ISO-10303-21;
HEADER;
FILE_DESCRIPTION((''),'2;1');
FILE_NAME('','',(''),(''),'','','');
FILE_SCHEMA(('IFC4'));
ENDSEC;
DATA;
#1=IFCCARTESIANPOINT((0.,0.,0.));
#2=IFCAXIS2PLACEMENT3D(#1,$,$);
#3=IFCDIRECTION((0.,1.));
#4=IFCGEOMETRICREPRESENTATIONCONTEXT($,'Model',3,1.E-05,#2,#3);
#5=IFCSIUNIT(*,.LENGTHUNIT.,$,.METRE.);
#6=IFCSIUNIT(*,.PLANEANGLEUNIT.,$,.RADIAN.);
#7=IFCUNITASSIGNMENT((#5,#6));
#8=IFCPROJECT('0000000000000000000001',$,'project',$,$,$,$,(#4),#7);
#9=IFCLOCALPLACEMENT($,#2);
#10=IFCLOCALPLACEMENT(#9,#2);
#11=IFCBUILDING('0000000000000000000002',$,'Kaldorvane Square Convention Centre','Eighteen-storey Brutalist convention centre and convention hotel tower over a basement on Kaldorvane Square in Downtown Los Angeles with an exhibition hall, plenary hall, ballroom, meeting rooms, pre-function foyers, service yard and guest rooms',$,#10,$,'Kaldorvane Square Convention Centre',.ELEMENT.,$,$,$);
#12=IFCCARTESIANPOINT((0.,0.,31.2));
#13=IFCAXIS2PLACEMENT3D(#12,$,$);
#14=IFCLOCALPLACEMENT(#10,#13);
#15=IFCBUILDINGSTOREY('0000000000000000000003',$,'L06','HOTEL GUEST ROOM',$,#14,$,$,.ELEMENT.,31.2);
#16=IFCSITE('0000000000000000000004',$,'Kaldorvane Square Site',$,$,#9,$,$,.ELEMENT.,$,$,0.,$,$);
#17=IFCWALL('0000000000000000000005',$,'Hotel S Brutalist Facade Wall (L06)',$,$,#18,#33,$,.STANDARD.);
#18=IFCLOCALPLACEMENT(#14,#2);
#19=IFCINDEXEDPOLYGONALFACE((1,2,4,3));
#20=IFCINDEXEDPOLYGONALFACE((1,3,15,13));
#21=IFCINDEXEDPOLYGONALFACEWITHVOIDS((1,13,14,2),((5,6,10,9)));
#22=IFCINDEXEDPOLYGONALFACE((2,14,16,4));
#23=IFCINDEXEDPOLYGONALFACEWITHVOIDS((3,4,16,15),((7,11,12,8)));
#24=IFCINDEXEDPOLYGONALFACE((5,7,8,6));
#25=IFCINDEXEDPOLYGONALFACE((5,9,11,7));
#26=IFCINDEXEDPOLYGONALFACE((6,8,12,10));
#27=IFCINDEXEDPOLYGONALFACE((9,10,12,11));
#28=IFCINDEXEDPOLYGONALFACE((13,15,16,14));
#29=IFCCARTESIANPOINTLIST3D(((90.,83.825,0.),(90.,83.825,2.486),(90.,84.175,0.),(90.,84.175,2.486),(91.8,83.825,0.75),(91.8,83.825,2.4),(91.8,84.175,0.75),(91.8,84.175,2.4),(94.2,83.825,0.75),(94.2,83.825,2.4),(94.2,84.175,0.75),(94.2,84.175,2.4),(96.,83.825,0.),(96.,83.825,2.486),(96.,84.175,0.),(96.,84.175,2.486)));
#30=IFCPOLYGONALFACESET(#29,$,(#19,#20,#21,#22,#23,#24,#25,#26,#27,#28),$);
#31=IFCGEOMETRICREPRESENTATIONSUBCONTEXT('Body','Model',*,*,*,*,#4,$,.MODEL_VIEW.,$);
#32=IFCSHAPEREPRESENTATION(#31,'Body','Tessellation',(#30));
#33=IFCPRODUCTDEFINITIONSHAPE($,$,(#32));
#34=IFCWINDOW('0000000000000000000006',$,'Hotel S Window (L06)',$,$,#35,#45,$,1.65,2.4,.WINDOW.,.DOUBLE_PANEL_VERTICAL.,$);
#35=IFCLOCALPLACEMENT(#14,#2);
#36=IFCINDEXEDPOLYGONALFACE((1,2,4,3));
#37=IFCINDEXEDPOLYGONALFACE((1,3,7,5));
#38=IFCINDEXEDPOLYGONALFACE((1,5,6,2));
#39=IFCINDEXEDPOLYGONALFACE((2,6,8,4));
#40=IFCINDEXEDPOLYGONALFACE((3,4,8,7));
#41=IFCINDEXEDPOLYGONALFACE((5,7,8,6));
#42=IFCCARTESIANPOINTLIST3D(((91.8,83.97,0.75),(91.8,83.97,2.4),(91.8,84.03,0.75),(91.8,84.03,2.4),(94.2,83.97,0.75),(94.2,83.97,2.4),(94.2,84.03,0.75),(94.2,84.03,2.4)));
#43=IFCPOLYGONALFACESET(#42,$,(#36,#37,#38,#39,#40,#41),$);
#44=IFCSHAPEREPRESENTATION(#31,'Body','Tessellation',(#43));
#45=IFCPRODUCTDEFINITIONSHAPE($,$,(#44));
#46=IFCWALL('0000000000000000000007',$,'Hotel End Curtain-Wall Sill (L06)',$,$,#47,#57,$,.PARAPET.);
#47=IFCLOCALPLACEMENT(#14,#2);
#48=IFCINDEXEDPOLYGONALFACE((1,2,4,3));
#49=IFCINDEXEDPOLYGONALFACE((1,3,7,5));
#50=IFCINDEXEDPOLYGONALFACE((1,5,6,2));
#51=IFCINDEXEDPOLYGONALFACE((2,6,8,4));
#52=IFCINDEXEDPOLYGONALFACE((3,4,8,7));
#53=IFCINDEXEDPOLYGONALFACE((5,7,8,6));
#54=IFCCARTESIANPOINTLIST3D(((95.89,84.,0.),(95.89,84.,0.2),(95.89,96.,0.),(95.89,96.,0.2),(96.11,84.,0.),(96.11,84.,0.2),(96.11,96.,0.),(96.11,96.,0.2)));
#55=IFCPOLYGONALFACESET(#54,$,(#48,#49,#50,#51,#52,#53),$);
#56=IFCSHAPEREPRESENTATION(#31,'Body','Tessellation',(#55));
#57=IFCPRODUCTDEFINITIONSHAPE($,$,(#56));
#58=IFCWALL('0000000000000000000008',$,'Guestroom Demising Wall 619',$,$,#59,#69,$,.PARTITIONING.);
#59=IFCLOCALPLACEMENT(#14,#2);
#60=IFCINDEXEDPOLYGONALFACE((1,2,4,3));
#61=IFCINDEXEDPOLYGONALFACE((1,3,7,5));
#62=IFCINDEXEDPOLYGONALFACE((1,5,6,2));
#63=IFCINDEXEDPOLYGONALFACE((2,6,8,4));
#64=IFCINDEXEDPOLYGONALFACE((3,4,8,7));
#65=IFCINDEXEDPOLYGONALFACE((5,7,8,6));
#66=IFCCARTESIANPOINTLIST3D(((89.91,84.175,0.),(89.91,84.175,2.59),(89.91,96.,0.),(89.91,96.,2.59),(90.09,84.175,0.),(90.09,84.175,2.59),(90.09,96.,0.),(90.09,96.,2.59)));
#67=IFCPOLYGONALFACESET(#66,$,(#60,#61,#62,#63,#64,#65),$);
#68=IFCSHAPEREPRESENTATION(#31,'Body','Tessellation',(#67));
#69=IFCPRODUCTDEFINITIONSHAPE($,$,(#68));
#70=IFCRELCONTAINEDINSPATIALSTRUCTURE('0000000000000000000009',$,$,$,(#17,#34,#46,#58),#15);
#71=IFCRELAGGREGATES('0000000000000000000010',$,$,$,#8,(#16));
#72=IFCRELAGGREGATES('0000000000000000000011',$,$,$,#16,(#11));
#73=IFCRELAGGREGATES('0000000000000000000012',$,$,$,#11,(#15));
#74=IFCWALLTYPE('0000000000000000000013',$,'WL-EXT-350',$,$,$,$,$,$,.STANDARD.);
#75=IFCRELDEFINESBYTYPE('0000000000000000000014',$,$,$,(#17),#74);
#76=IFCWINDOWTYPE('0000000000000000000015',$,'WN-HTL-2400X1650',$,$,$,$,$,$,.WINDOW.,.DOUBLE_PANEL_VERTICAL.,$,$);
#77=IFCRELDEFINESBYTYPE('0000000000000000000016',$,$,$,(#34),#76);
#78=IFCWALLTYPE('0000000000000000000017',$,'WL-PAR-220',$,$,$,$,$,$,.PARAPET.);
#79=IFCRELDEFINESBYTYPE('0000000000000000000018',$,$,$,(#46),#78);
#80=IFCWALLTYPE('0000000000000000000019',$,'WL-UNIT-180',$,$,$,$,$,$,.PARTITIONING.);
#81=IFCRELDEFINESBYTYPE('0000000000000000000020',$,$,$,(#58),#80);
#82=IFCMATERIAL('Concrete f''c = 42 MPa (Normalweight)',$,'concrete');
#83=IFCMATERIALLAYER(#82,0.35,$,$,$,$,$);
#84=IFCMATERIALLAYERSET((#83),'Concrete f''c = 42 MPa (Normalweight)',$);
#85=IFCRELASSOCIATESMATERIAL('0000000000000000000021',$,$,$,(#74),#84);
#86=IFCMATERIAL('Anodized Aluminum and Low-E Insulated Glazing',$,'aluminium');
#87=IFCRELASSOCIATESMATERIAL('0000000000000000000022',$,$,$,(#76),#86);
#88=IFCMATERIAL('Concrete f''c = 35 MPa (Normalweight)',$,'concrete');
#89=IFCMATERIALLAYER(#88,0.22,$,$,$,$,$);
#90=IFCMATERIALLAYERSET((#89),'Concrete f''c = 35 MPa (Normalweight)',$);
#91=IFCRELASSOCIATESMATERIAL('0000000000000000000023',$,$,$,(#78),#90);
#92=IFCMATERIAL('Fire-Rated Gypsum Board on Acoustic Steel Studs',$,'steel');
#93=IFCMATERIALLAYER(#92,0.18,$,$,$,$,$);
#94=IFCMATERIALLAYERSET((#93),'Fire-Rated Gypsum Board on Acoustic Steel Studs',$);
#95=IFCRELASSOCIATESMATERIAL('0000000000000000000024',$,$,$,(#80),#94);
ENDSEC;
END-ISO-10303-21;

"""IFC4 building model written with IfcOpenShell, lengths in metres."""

from ifc_helpers import new_model, si_unit, direction, frame, frame_2d, origin, place, context, subcontext, project, spatial, rectangle, extrude, material, layer, layer_set, type_object, element, fill, save


model = new_model("IFC4")

# Units and contexts
model_context = context("Model", 3, precision=1e-05, world=origin(), true_north=direction((0.0, 1.0)))
body_context = subcontext(model_context, "Body", "Model", "MODEL_VIEW")
ifc_project = project(units=[si_unit("LENGTHUNIT", "METRE"), si_unit("PLANEANGLEUNIT", "RADIAN")], contexts=[model_context])

# Site, building, storey
site_placement = place(None, origin())
site = spatial("IfcSite", under=ifc_project, at=site_placement, Name="Kaldorvane Square Site", CompositionType="ELEMENT", RefElevation=0.0)
building_placement = place(site_placement, origin())
building = spatial("IfcBuilding", under=site, at=building_placement, Name="Kaldorvane Square Convention Centre", Description="Eighteen-storey Brutalist convention centre and convention hotel tower over a basement on Kaldorvane Square in Downtown Los Angeles with an exhibition hall, plenary hall, ballroom, meeting rooms, pre-function foyers, service yard and guest rooms", LongName="Kaldorvane Square Convention Centre", CompositionType="ELEMENT")
storey_placement = place(building_placement, frame((0.0, 0.0, 31.2)))
storey = spatial("IfcBuildingStorey", under=building, at=storey_placement, Name="L06", Description="HOTEL GUEST ROOM", CompositionType="ELEMENT", Elevation=31.2)

# Shared definitions
ifc_material_1 = material(Name="Concrete f'c = 42 MPa (Normalweight)", Category="concrete")

# Shared definitions
ifc_material_2 = material(Name="Anodized Aluminum and Low-E Insulated Glazing", Category="aluminium")

# Wall, opening, window
ifc_layer_1 = layer(ifc_material_1, 0.35)
ifc_layer_set_1 = layer_set([ifc_layer_1], Name="Concrete f'c = 42 MPa (Normalweight)")
wall_type_1 = type_object("IfcWallType", Name="WL-EXT-350", PredefinedType="STANDARD", material=ifc_layer_set_1)
wall_1_placement = place(storey_placement, frame((90.0, 84.0, 0.0), z_axis=(0.0, 0.0, 1.0), x_axis=(1.0, 0.0, 0.0)))
wall_1 = element("IfcWall", 1, at=wall_1_placement, inside=storey, type_object=wall_type_1, Name="Hotel S Brutalist Facade Wall (L06)", PredefinedType="STANDARD", context=body_context, shape_type="SweptSolid", body=[
    extrude(rectangle(XDim=6.0, YDim=0.35, at=frame_2d((3.0, 0.0))), origin(), (0.0, 0.0, 1.0), 2.486),
])
opening_placement = place(wall_1_placement, frame((1.8, 0.0, 0.75)))
opening = element("IfcOpeningElement", 2, at=opening_placement, cuts=wall_1, PredefinedType="OPENING", context=body_context, shape_type="SweptSolid", body=[
    extrude(rectangle(XDim=2.4, YDim=1.65, at=frame_2d((1.2, 0.825))), frame((0.0, 0.19, 0.0), z_axis=(0.0, -1.0, 0.0), x_axis=(1.0, 0.0, 0.0)), (0.0, 0.0, 1.0), 0.38),
])
window_type = type_object("IfcWindowType", Name="WN-HTL-2400X1650", PartitioningType="DOUBLE_PANEL_VERTICAL", PredefinedType="WINDOW", material=ifc_material_2)
window_placement = place(opening_placement, origin())
window = element("IfcWindow", 3, at=window_placement, inside=storey, type_object=window_type, Name="Hotel S Window (L06)", OverallHeight=1.65, OverallWidth=2.4, PartitioningType="DOUBLE_PANEL_VERTICAL", PredefinedType="WINDOW", context=body_context, shape_type="SweptSolid", body=[
    extrude(rectangle(XDim=2.4, YDim=1.65, at=frame_2d((1.2, 0.825))), frame((0.0, 0.03, 0.0), z_axis=(0.0, -1.0, 0.0), x_axis=(1.0, 0.0, 0.0)), (0.0, 0.0, 1.0), 0.06),
])
fill(opening, window)

# Walls
ifc_material_3 = material(Name="Concrete f'c = 35 MPa (Normalweight)", Category="concrete")
ifc_layer_2 = layer(ifc_material_3, 0.22)
ifc_layer_set_2 = layer_set([ifc_layer_2], Name="Concrete f'c = 35 MPa (Normalweight)")
wall_type_2 = type_object("IfcWallType", Name="WL-PAR-220", PredefinedType="PARAPET", material=ifc_layer_set_2)
wall_2_placement = place(storey_placement, frame((96.0, 84.0, 0.0), z_axis=(0.0, 0.0, 1.0), x_axis=(0.0, 1.0, 0.0)))
element("IfcWall", 4, at=wall_2_placement, inside=storey, type_object=wall_type_2, Name="Hotel End Curtain-Wall Sill (L06)", PredefinedType="PARAPET", context=body_context, shape_type="SweptSolid", body=[
    extrude(rectangle(XDim=12.0, YDim=0.22, at=frame_2d((6.0, 0.0))), origin(), (0.0, 0.0, 1.0), 0.2),
])
ifc_material_4 = material(Name="Fire-Rated Gypsum Board on Acoustic Steel Studs", Category="steel")
ifc_layer_3 = layer(ifc_material_4, 0.18)
ifc_layer_set_3 = layer_set([ifc_layer_3], Name="Fire-Rated Gypsum Board on Acoustic Steel Studs")
wall_type_3 = type_object("IfcWallType", Name="WL-UNIT-180", PredefinedType="PARTITIONING", material=ifc_layer_set_3)
wall_3_placement = place(storey_placement, frame((90.0, 84.175, 0.0), z_axis=(0.0, 0.0, 1.0), x_axis=(0.0, 1.0, 0.0)))
element("IfcWall", 5, at=wall_3_placement, inside=storey, type_object=wall_type_3, Name="Guestroom Demising Wall 619", PredefinedType="PARTITIONING", context=body_context, shape_type="SweptSolid", body=[
    extrude(rectangle(XDim=11.825, YDim=0.18, at=frame_2d((5.9125, 0.0))), origin(), (0.0, 0.0, 1.0), 2.59),
])

save(model, "model.ifc")
